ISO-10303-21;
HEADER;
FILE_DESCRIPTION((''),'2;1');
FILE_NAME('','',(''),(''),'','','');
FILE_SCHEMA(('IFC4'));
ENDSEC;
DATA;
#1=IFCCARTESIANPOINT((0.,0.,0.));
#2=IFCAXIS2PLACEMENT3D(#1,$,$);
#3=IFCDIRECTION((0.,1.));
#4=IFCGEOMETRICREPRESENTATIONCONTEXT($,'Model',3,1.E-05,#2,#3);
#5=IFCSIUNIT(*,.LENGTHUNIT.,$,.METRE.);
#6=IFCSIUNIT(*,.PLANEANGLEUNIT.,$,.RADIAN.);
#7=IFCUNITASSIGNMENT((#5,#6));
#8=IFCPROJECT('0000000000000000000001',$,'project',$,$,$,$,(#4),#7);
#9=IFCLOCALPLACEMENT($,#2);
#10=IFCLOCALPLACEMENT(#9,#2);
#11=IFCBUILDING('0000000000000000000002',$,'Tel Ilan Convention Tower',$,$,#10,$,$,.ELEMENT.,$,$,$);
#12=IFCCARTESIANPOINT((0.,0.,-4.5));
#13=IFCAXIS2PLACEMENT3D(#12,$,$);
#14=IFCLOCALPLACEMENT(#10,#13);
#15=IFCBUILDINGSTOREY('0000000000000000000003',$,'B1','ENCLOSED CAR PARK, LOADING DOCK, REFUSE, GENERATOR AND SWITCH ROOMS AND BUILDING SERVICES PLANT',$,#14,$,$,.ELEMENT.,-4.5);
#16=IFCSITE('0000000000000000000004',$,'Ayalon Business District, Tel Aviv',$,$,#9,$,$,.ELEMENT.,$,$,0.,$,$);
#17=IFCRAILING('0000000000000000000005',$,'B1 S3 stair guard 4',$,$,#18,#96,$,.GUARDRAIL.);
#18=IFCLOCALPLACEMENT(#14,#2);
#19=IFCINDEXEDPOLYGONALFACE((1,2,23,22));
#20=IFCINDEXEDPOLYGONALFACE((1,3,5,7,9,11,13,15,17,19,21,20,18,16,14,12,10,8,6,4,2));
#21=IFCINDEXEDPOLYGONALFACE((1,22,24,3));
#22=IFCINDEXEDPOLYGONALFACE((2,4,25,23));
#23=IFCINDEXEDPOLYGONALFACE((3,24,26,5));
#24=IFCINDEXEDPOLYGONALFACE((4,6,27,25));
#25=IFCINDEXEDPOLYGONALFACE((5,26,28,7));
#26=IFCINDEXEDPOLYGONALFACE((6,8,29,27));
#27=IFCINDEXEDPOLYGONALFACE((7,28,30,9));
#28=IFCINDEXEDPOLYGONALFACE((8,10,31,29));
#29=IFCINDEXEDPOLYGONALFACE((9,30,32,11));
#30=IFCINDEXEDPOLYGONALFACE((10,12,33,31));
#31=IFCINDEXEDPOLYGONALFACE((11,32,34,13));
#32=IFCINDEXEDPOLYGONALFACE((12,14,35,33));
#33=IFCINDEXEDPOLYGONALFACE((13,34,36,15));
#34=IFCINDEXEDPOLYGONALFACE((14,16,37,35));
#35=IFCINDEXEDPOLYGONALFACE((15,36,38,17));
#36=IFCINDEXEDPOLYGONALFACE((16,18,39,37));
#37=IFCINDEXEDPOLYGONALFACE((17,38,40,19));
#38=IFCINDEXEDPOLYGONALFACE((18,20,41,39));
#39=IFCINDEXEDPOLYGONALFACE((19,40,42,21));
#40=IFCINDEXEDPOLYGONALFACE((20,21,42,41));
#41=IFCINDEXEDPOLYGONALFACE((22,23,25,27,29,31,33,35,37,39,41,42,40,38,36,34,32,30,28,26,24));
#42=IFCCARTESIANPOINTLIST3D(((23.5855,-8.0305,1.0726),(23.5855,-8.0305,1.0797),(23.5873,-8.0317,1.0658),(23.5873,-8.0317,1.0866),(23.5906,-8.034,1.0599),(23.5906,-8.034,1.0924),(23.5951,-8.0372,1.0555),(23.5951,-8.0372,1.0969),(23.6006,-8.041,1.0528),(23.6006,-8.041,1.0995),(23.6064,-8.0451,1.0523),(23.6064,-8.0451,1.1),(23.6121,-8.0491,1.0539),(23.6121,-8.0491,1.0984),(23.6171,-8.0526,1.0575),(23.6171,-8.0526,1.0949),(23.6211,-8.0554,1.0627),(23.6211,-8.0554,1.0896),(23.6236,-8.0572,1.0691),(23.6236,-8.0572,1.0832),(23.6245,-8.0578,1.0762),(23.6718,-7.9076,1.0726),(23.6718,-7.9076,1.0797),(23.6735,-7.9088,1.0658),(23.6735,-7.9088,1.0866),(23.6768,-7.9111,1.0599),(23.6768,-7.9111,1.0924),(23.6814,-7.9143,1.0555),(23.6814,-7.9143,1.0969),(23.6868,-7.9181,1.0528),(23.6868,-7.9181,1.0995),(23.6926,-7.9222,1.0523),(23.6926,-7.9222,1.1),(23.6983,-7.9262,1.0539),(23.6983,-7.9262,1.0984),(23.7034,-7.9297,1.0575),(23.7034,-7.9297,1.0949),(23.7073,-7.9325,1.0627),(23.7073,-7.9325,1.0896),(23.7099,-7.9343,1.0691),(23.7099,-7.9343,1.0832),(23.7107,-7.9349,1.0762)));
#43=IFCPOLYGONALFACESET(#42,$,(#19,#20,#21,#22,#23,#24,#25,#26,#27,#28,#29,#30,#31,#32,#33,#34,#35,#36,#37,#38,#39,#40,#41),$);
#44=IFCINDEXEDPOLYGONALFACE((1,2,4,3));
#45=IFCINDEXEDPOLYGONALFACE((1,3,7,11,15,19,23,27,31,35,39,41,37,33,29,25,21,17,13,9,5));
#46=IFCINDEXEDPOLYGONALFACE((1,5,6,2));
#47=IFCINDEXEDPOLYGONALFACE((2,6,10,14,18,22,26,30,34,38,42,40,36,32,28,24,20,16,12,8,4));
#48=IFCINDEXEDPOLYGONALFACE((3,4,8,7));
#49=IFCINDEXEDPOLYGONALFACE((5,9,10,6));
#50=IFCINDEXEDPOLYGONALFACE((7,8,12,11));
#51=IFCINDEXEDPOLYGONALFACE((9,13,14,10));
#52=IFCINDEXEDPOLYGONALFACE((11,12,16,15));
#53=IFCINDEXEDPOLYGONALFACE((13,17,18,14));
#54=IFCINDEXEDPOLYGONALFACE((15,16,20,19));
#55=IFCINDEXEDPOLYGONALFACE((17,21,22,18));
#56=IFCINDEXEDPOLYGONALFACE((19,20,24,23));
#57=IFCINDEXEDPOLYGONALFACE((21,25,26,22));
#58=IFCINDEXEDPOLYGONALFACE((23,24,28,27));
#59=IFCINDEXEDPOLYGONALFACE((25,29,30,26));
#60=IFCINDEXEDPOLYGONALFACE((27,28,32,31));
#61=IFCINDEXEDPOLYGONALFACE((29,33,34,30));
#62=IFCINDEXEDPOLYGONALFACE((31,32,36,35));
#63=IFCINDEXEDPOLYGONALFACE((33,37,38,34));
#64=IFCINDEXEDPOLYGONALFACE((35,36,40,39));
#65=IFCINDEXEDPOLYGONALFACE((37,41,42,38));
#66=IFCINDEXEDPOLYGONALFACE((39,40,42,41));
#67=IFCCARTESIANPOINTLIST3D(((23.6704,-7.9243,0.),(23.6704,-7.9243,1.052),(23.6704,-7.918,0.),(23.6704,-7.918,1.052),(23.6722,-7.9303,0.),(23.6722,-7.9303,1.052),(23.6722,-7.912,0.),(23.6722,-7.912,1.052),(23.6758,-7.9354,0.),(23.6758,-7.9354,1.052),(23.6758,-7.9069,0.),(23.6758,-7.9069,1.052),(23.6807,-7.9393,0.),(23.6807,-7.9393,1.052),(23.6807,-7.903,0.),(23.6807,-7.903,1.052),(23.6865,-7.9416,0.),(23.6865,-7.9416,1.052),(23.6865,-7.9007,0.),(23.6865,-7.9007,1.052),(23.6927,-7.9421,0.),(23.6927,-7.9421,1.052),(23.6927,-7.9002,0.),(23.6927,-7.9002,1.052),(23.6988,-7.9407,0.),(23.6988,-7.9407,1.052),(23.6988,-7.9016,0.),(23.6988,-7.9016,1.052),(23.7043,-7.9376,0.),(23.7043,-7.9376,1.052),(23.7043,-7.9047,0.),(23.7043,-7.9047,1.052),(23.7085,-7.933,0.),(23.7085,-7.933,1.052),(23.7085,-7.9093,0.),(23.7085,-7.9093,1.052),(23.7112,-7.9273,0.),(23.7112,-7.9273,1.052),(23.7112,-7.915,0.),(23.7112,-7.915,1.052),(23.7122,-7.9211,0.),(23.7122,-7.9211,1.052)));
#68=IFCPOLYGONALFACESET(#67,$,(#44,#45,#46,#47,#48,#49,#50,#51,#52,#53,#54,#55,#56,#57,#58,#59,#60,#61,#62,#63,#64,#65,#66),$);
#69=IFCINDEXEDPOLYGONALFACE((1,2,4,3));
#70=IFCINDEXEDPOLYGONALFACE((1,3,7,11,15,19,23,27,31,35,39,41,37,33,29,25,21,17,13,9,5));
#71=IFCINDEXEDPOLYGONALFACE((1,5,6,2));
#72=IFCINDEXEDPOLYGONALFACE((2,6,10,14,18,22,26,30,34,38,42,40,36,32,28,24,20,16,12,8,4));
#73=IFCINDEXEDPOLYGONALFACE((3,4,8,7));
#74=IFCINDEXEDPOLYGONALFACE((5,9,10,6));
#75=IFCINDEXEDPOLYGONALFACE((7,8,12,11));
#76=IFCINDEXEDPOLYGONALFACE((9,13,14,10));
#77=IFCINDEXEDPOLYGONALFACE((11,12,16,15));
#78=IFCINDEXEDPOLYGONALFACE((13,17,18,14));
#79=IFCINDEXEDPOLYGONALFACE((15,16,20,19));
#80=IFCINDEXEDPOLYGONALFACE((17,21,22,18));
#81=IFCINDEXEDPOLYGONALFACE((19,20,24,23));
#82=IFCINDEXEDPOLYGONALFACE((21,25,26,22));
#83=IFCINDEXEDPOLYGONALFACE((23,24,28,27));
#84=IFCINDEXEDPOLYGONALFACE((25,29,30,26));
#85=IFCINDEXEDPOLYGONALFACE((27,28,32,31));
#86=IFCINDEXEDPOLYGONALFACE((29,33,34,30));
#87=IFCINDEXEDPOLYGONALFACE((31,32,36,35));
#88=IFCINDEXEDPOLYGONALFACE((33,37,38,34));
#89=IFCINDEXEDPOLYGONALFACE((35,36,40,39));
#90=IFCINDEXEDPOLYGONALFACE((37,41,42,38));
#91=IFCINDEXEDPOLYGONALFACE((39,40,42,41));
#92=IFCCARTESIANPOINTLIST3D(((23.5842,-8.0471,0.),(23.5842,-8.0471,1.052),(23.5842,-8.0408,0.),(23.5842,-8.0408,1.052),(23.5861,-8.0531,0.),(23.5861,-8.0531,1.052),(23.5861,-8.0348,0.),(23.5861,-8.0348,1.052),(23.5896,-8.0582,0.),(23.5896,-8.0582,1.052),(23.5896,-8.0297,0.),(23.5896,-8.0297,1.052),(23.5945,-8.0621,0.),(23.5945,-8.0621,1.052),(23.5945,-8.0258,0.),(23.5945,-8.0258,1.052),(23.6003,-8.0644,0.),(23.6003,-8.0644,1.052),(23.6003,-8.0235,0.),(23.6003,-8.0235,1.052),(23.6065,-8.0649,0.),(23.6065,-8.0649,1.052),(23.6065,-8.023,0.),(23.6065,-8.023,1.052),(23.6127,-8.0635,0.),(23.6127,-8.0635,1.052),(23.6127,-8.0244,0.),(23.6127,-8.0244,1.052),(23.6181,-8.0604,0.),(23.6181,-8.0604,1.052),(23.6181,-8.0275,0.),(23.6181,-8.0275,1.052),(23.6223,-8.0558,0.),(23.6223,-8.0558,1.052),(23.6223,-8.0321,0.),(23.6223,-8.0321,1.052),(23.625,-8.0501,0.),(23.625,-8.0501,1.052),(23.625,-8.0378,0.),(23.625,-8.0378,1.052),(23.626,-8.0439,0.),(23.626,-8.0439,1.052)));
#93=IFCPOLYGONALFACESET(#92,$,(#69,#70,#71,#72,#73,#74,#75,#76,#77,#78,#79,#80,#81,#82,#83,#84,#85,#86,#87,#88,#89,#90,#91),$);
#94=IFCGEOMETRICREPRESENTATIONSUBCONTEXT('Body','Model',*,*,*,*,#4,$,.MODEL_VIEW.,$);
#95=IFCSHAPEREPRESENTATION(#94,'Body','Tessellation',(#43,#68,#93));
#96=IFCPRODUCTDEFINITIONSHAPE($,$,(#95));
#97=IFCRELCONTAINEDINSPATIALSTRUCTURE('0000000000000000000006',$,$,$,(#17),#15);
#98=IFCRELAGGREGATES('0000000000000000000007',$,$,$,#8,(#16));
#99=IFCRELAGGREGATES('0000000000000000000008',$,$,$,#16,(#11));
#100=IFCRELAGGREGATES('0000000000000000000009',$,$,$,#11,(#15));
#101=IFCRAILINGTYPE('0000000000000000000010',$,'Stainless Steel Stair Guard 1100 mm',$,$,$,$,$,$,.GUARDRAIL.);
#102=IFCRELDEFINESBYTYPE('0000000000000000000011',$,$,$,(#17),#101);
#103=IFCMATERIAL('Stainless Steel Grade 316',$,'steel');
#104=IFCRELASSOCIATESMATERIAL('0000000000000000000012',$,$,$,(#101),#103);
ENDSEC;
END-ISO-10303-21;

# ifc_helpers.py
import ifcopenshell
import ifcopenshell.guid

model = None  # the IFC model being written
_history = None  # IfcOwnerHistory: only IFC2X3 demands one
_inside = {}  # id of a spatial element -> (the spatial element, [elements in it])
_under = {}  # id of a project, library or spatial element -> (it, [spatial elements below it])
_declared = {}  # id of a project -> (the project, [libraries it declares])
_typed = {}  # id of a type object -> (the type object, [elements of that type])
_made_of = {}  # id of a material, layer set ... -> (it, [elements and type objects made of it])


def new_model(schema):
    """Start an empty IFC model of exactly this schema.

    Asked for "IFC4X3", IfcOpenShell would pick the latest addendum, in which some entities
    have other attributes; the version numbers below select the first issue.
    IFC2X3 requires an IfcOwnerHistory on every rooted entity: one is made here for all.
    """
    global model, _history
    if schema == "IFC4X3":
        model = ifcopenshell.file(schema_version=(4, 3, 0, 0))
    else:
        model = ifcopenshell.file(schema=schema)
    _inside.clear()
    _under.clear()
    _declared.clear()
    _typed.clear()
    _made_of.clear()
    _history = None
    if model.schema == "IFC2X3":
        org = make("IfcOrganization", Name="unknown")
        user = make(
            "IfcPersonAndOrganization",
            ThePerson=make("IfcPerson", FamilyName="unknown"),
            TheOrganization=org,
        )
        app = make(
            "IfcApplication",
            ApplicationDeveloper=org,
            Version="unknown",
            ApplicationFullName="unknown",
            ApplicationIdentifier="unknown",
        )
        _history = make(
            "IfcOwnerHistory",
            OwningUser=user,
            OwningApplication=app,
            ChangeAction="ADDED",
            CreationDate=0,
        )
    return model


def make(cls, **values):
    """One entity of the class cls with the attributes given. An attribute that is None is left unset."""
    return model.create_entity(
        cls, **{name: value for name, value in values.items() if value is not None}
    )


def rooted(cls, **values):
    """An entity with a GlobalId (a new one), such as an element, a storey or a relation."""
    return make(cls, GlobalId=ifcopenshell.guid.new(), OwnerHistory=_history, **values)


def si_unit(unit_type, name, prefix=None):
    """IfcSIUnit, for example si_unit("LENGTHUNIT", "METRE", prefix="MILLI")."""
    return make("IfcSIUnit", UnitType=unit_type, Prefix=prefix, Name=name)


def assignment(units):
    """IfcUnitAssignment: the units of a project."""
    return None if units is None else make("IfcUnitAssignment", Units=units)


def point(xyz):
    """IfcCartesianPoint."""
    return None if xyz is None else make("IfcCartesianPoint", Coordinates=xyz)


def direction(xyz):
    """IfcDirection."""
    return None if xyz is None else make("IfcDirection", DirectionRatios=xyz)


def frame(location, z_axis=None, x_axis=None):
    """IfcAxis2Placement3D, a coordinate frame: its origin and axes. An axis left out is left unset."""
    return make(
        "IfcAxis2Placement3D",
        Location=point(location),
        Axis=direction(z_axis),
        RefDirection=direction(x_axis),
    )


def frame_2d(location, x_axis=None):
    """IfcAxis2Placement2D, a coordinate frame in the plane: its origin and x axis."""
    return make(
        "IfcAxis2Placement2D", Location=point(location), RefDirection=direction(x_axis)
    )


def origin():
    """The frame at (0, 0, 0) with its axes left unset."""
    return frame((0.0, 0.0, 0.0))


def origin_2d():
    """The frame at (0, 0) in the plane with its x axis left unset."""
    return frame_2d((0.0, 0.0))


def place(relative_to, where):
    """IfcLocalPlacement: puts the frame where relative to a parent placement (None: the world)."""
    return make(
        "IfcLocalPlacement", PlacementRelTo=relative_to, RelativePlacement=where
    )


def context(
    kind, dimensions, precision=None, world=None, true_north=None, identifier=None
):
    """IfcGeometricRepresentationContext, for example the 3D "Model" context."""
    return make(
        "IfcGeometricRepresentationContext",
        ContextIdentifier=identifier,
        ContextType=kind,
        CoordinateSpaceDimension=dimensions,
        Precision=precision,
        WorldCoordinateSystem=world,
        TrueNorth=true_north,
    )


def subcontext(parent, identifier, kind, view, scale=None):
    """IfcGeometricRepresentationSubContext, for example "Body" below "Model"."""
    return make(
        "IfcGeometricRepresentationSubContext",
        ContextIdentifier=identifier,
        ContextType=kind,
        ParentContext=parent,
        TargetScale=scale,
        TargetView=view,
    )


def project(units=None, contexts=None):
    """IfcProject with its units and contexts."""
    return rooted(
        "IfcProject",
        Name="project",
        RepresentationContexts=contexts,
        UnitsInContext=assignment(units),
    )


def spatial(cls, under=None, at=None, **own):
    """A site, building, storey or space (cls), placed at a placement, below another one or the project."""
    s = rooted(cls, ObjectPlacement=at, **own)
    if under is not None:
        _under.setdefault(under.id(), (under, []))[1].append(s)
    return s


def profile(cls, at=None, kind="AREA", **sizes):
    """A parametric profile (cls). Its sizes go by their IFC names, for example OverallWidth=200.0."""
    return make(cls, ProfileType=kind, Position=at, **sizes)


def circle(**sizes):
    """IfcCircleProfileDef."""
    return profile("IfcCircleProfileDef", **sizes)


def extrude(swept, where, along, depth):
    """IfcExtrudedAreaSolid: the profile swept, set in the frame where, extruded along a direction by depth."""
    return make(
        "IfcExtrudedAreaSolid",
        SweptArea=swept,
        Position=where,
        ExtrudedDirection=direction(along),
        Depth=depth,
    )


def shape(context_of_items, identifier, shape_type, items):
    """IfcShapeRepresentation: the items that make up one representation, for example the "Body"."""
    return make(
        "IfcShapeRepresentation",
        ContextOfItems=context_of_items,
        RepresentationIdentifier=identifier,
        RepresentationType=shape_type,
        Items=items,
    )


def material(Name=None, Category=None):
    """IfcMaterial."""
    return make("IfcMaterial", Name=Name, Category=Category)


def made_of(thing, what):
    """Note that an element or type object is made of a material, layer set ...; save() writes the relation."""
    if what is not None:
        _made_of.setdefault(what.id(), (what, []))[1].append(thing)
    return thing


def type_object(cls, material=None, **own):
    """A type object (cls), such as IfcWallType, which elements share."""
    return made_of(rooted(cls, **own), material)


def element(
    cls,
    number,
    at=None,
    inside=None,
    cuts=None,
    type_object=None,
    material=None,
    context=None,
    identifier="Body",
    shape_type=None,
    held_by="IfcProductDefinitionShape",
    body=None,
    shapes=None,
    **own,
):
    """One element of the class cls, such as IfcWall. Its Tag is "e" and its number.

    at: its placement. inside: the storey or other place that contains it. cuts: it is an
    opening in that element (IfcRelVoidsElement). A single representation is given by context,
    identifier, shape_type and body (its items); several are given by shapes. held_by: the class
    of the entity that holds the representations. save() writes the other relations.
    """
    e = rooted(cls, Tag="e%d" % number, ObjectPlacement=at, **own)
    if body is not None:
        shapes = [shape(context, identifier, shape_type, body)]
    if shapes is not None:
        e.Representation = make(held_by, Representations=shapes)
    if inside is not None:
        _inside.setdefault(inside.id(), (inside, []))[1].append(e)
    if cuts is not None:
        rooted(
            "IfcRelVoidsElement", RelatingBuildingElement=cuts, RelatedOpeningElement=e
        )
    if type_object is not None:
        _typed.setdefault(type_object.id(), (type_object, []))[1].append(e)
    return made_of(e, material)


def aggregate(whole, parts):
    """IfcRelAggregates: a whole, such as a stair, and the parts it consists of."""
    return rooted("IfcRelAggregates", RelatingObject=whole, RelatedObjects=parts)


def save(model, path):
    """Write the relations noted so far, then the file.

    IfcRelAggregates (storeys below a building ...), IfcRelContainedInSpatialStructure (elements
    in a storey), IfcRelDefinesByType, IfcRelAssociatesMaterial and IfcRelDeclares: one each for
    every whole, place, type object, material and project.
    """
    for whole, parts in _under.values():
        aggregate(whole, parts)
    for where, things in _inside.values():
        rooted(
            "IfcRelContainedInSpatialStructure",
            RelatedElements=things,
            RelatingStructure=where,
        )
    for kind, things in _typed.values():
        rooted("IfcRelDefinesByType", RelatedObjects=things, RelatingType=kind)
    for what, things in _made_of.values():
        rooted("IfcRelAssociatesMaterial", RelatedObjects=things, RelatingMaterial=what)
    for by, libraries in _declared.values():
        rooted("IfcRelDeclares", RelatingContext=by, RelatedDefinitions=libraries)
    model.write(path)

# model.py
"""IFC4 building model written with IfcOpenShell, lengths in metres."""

from ifc_helpers import new_model, si_unit, direction, frame, origin, origin_2d, place, context, subcontext, project, spatial, circle, extrude, material, type_object, element, save


model = new_model("IFC4")

# Units and contexts
model_context = context("Model", 3, precision=1e-05, world=origin(), true_north=direction((0.0, 1.0)))
body_context = subcontext(model_context, "Body", "Model", "MODEL_VIEW")
ifc_project = project(units=[si_unit("LENGTHUNIT", "METRE"), si_unit("PLANEANGLEUNIT", "RADIAN")], contexts=[model_context])

# Site, building, storey
site_placement = place(None, origin())
site = spatial("IfcSite", under=ifc_project, at=site_placement, Name="Ayalon Business District, Tel Aviv", CompositionType="ELEMENT", RefElevation=0.0)
building_placement = place(site_placement, origin())
building = spatial("IfcBuilding", under=site, at=building_placement, Name="Tel Ilan Convention Tower", CompositionType="ELEMENT")
storey_placement = place(building_placement, frame((0.0, 0.0, -4.5)))
storey = spatial("IfcBuildingStorey", under=building, at=storey_placement, Name="B1", Description="ENCLOSED CAR PARK, LOADING DOCK, REFUSE, GENERATOR AND SWITCH ROOMS AND BUILDING SERVICES PLANT", CompositionType="ELEMENT", Elevation=-4.5)

# Railing
ifc_material_1 = material(Name="Stainless Steel Grade 316", Category="steel")
railing_type_1 = type_object("IfcRailingType", Name="Stainless Steel Stair Guard 1100 mm", PredefinedType="GUARDRAIL", material=ifc_material_1)
railing_1_placement = place(storey_placement, frame((23.6912, -7.9211, 0.0)))
element("IfcRailing", 1, at=railing_1_placement, inside=storey, type_object=railing_type_1, Name="B1 S3 stair guard 4", PredefinedType="GUARDRAIL", context=body_context, shape_type="SweptSolid", body=[
    extrude(circle(Radius=0.0239, at=origin_2d()), frame((0.0, 0.0, 1.0762), z_axis=(-0.574445, -0.818543, 0.0), x_axis=(0.818543, -0.574445, 0.0)), (0.0, 0.0, 1.0), 0.1501),
    extrude(circle(Radius=0.021, at=origin_2d()), origin(), (0.0, 0.0, 1.0), 1.052),
    extrude(circle(Radius=0.021, at=origin_2d()), frame((-0.0862, -0.1228, 0.0)), (0.0, 0.0, 1.0), 1.052),
])

save(model, "model.ifc")
